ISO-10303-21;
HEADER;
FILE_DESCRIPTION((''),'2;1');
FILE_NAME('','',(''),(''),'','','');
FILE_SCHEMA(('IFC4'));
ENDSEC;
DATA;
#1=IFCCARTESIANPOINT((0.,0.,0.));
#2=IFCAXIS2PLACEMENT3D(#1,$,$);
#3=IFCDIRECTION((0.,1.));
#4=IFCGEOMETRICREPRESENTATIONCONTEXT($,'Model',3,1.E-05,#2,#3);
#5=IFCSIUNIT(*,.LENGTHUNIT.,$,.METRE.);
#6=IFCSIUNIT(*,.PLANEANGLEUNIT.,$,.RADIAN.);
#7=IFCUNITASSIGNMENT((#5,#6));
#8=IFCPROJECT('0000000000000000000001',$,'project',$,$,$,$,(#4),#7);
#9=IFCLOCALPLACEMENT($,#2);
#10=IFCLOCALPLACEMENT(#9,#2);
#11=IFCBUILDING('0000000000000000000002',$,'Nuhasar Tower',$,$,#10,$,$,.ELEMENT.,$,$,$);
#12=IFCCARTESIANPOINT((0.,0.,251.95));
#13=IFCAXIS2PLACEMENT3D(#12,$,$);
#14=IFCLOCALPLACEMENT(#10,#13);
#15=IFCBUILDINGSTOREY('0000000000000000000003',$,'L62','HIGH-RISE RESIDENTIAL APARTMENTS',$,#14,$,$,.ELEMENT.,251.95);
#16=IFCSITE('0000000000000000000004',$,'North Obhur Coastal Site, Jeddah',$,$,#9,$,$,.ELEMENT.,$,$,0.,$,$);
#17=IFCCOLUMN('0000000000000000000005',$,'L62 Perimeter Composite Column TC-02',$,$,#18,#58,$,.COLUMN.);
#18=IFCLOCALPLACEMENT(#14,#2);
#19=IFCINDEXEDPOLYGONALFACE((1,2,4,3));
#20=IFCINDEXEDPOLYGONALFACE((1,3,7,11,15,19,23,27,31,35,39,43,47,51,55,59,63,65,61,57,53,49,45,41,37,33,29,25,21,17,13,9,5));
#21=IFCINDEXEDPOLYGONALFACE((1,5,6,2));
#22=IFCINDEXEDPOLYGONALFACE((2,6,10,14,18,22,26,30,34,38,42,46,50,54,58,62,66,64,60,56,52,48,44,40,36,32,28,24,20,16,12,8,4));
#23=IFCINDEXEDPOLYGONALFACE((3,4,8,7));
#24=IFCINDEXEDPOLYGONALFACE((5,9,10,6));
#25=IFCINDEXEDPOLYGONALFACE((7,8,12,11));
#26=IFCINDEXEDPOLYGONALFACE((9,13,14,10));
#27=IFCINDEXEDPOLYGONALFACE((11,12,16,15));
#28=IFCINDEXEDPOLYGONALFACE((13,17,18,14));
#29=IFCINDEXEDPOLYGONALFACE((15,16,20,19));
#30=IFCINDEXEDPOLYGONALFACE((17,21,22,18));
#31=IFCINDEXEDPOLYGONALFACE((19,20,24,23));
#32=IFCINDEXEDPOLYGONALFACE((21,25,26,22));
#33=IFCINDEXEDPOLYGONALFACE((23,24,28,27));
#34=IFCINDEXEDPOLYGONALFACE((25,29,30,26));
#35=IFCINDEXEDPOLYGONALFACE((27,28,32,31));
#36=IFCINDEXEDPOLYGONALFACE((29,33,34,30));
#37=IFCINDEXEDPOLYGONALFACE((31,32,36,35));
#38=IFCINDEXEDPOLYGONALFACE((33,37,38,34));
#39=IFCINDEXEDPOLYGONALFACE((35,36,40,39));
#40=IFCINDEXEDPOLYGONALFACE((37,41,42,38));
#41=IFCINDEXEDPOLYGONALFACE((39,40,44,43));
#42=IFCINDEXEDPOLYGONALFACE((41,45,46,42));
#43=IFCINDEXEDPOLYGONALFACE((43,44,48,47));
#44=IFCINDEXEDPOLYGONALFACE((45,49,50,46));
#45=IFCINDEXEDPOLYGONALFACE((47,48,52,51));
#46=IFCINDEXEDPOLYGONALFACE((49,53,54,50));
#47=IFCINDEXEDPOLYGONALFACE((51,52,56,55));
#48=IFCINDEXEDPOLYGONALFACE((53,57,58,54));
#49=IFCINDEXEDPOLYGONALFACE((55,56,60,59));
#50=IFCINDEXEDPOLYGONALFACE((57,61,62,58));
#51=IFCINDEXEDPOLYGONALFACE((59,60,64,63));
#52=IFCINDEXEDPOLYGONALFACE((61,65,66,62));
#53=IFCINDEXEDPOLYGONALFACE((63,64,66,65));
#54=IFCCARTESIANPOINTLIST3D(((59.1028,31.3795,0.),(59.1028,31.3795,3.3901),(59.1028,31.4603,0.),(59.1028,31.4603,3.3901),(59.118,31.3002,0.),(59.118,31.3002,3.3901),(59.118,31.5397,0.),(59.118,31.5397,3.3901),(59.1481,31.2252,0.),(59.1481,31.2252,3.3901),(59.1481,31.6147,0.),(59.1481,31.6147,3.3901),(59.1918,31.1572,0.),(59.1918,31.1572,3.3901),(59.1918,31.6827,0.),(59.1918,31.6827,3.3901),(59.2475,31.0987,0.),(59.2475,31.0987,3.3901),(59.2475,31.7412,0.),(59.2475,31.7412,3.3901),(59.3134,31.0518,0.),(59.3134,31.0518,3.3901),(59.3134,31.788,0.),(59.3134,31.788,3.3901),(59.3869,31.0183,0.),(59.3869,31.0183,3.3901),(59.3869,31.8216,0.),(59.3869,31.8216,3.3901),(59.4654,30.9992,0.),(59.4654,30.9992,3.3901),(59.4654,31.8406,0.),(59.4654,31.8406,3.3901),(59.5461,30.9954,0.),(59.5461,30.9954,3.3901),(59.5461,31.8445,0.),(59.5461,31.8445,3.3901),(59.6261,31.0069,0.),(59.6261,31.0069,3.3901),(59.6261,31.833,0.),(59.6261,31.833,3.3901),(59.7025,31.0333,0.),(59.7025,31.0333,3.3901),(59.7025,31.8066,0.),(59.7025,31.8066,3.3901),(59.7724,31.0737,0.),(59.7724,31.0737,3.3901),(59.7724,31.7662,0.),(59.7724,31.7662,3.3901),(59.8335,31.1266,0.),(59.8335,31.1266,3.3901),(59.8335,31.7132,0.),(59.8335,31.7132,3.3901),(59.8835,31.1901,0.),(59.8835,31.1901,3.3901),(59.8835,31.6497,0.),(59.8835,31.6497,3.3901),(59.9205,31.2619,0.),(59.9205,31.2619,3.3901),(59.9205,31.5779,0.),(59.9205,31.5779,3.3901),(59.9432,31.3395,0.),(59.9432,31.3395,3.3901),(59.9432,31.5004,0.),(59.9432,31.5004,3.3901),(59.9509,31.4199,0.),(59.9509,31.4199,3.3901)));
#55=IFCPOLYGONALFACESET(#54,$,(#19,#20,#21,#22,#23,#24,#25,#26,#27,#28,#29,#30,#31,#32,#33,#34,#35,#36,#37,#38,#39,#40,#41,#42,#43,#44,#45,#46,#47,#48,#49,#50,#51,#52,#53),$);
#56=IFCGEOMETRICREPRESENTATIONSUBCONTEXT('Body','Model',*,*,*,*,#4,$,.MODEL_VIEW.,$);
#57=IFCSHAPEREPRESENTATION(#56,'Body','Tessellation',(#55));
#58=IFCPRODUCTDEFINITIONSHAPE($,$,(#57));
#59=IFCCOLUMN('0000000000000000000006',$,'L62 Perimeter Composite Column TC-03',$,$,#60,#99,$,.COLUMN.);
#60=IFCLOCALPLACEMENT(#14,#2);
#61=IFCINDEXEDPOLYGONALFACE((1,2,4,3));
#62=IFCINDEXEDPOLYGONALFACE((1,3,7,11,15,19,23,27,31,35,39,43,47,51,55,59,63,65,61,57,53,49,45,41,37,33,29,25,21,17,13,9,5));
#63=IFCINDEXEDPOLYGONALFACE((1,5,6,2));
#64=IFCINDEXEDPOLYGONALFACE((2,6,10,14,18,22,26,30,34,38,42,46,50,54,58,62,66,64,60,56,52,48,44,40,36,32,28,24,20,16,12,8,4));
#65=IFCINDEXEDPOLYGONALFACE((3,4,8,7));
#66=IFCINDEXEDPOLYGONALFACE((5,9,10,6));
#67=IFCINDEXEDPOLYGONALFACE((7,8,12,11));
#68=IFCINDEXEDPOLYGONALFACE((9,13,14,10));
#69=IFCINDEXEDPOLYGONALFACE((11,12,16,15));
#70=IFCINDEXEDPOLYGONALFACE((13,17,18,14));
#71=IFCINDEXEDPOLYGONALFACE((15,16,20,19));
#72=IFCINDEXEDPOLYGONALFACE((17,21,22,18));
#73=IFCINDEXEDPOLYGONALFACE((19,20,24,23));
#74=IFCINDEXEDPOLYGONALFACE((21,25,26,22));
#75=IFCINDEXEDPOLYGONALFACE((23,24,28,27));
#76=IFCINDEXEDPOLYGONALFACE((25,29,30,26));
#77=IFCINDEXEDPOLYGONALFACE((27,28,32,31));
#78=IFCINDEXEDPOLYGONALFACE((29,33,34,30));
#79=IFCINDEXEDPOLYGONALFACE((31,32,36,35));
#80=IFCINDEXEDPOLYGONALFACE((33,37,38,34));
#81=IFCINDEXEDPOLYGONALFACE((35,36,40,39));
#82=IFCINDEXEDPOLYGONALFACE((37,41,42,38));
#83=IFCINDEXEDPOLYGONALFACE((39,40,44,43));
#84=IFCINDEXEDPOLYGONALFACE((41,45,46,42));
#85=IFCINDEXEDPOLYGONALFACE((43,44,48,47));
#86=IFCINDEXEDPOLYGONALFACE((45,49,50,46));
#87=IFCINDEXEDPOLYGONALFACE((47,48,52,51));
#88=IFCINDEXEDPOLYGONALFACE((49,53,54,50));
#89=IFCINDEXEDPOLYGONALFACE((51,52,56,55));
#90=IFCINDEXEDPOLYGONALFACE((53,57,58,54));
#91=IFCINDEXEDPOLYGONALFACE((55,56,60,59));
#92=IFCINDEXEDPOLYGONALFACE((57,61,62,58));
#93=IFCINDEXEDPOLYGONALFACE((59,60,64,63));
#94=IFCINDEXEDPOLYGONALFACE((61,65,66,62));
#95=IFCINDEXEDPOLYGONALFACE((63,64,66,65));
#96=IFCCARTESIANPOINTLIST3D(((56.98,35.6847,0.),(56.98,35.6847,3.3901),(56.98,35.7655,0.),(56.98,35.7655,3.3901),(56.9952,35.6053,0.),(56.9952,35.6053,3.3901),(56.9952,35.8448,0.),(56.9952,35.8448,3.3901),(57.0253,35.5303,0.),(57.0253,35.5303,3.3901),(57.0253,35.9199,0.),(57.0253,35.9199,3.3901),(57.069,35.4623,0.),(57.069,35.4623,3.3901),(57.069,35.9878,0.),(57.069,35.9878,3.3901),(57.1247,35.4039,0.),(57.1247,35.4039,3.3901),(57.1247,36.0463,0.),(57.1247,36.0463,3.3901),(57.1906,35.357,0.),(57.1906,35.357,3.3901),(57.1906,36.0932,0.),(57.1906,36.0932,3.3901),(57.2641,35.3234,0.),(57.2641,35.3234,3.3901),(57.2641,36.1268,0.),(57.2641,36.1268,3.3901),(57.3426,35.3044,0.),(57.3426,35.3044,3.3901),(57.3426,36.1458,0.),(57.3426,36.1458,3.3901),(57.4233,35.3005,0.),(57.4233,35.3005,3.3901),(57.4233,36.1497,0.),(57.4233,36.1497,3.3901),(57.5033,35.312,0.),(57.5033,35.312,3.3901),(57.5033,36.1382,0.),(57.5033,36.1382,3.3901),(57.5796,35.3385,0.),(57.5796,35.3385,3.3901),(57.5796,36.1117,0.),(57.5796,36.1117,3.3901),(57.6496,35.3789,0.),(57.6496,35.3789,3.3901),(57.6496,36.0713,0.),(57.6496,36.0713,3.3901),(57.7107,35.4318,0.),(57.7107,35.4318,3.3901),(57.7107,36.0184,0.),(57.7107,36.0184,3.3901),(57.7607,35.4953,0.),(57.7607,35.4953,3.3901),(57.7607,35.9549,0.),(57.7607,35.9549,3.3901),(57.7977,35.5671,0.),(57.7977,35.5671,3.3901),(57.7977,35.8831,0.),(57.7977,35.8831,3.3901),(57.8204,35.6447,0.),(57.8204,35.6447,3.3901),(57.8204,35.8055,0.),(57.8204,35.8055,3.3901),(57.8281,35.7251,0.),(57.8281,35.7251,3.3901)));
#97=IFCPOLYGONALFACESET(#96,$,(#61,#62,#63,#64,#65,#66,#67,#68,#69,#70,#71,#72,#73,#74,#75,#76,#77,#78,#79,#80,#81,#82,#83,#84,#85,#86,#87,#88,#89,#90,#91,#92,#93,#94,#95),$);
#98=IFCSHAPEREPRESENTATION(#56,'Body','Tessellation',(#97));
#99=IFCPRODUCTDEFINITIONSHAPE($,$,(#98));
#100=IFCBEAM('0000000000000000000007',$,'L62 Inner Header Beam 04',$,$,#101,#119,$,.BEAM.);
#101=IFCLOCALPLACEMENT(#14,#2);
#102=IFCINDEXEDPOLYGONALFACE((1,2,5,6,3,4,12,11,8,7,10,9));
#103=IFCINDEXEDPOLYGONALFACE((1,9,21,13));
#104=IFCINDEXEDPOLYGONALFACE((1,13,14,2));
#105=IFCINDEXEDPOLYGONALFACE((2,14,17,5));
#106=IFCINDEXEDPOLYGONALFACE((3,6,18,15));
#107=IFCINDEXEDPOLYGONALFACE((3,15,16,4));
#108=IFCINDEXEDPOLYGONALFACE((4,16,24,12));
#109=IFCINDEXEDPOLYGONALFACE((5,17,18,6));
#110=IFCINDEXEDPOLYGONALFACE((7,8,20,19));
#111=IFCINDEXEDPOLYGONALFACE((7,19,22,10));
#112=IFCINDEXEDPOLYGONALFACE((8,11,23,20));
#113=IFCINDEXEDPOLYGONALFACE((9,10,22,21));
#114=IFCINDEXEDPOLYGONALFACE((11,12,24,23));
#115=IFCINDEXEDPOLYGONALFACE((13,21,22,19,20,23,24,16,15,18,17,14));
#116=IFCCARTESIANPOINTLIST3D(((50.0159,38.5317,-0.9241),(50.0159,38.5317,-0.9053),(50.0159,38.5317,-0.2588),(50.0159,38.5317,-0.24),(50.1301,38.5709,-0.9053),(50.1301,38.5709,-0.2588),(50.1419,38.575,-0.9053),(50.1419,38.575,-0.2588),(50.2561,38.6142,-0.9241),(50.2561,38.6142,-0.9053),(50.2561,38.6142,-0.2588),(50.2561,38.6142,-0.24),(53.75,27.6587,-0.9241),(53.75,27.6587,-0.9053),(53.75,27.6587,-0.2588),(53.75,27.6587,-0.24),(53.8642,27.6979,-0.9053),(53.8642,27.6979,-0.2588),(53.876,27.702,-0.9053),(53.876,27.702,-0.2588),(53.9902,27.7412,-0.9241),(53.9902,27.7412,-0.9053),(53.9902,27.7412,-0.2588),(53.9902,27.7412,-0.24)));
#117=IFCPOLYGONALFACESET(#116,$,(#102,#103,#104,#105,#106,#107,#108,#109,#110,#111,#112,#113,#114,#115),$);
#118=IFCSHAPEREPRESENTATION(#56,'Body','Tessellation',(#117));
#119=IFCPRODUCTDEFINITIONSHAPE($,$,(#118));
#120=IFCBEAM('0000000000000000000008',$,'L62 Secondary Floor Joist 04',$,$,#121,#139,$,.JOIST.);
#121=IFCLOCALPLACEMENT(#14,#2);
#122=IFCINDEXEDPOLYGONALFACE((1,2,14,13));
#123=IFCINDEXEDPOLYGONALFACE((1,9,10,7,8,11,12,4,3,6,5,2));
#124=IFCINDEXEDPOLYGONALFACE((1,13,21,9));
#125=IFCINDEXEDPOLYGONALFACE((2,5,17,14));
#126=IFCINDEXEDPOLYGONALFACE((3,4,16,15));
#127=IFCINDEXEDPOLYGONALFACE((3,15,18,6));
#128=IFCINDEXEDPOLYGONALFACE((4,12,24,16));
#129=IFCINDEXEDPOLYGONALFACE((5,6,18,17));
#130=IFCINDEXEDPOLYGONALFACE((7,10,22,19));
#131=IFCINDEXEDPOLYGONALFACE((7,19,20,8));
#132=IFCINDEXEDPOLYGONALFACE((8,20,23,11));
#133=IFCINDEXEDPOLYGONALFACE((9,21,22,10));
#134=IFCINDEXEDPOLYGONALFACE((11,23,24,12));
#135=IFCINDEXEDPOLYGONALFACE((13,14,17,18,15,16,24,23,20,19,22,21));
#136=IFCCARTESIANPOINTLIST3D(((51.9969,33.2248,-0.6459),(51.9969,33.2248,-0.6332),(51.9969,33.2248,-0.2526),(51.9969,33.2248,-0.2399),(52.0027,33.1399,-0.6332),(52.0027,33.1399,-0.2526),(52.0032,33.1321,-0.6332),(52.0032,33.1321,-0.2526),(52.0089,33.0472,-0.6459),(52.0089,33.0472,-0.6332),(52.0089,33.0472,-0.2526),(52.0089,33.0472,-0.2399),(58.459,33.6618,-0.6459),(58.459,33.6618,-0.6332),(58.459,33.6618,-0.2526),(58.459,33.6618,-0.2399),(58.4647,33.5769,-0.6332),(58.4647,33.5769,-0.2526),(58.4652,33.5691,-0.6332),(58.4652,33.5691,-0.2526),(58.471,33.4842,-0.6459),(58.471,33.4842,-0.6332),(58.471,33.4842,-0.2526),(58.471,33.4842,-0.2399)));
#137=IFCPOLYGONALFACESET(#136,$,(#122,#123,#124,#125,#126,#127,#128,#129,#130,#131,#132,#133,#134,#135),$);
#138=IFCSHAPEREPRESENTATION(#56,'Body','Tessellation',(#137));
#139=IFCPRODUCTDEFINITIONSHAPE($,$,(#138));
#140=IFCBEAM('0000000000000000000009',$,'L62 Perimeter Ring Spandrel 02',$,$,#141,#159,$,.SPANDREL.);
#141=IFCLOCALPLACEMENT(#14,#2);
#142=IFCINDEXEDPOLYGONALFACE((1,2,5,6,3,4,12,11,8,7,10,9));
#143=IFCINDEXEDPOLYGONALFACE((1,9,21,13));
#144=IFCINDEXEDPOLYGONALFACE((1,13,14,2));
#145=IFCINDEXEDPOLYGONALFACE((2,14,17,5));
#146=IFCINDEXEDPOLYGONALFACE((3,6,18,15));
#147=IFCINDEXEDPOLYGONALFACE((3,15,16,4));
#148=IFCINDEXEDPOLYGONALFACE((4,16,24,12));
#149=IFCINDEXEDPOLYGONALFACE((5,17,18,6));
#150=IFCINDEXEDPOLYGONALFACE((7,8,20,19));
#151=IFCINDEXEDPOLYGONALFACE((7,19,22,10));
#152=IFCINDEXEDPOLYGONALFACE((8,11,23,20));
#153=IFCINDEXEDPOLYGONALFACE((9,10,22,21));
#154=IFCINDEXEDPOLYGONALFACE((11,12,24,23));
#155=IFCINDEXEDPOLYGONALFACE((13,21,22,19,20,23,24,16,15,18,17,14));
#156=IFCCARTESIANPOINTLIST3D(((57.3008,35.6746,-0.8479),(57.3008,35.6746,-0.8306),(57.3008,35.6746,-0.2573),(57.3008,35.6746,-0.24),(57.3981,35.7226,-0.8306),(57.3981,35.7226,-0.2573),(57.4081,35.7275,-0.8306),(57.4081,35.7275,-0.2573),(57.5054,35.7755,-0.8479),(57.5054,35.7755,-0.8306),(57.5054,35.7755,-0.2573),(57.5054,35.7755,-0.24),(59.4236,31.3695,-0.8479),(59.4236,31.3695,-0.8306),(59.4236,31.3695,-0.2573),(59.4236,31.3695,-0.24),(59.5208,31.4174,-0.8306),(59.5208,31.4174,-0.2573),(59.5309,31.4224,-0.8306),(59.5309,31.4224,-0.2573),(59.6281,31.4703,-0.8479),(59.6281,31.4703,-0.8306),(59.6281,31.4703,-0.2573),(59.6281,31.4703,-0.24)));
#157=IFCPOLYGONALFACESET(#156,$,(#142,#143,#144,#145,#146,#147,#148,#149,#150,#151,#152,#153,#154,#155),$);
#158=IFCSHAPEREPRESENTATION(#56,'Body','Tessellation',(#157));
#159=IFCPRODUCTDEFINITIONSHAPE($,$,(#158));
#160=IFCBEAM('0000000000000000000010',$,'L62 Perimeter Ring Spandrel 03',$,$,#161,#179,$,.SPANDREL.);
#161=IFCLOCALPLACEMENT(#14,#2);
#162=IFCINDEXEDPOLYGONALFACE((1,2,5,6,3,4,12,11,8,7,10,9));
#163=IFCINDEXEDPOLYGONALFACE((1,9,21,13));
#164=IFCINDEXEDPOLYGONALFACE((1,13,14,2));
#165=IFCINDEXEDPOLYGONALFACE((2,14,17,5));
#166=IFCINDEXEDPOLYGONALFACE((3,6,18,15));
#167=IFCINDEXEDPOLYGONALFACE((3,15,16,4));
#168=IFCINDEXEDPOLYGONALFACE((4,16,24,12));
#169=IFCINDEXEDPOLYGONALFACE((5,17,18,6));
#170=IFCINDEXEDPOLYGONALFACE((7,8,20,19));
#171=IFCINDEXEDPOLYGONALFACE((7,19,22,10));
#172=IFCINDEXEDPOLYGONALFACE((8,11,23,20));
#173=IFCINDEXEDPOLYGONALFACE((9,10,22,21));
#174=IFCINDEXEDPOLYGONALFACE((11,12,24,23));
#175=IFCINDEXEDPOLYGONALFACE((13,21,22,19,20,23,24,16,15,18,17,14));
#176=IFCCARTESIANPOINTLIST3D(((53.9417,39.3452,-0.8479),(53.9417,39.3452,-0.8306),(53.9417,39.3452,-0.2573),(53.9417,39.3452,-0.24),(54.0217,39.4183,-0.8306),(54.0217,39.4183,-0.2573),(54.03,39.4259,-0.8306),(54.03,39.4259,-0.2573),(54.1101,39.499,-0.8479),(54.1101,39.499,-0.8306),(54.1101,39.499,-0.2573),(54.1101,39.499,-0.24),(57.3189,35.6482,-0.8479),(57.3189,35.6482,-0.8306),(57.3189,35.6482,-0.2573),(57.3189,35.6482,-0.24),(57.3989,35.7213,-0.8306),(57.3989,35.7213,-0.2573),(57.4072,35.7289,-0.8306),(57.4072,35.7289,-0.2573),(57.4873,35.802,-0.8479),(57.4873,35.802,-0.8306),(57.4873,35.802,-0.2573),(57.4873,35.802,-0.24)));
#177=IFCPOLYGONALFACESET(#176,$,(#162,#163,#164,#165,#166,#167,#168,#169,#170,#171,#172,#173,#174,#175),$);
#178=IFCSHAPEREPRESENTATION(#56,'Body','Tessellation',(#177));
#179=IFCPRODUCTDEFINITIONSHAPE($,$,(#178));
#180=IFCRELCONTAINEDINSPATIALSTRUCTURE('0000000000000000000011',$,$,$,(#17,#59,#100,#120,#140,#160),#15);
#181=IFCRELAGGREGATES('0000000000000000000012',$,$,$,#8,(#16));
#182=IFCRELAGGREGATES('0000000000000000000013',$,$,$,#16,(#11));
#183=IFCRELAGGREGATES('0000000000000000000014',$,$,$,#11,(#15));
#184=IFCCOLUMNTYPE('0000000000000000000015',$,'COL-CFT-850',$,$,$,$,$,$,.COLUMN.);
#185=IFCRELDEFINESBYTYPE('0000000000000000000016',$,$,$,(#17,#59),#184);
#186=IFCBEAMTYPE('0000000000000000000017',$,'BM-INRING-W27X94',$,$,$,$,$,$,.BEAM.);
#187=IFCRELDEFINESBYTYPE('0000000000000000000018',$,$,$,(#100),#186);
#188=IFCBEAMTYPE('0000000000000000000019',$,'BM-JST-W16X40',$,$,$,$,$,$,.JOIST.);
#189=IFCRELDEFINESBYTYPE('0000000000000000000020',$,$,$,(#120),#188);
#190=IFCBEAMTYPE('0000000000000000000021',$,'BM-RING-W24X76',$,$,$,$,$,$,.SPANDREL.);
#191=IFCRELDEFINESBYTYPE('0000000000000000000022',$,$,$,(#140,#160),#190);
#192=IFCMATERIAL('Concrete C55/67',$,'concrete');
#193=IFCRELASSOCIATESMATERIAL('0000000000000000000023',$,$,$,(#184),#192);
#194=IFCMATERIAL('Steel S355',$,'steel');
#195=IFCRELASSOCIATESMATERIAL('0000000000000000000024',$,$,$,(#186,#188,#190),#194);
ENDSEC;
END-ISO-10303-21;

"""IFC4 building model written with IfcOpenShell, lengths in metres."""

from ifc_helpers import new_model, si_unit, direction, frame, origin, origin_2d, place, context, subcontext, project, spatial, circle, i_section, extrude, material, material_profile, profile_set, type_object, element, save


model = new_model("IFC4")

# Units and contexts
model_context = context("Model", 3, precision=1e-05, world=origin(), true_north=direction((0.0, 1.0)))
body_context = subcontext(model_context, "Body", "Model", "MODEL_VIEW")
ifc_project = project(units=[si_unit("LENGTHUNIT", "METRE"), si_unit("PLANEANGLEUNIT", "RADIAN")], contexts=[model_context])

# Site, building, storey
site_placement = place(None, origin())
site = spatial("IfcSite", under=ifc_project, at=site_placement, Name="North Obhur Coastal Site, Jeddah", CompositionType="ELEMENT", RefElevation=0.0)
building_placement = place(site_placement, origin())
building = spatial("IfcBuilding", under=site, at=building_placement, Name="Nuhasar Tower", CompositionType="ELEMENT")
storey_placement = place(building_placement, frame((0.0, 0.0, 251.95)))
storey = spatial("IfcBuildingStorey", under=building, at=storey_placement, Name="L62", Description="HIGH-RISE RESIDENTIAL APARTMENTS", CompositionType="ELEMENT", Elevation=251.95)

# Columns
ifc_material_1 = material(Name="Concrete C55/67", Category="concrete")
ifc_material_profile_1 = material_profile(ifc_material_1, circle(Radius=0.425, at=origin_2d()), Name="CFT850")
ifc_profile_set_1 = profile_set([ifc_material_profile_1], Name="Concrete C55/67")
column_type = type_object("IfcColumnType", Name="COL-CFT-850", PredefinedType="COLUMN", material=ifc_profile_set_1)
for number, where, z_axis, x_axis, name in (
    (1, (59.5259, 31.4199, 0.0), (0.0, 0.0, 1.0), (1.0, 0.0, 0.0), "L62 Perimeter Composite Column TC-02"),
    (2, (57.4031, 35.7251, 0.0), (0.0, 0.0, 1.0), (1.0, 0.0, 0.0), "L62 Perimeter Composite Column TC-03"),
):
    element("IfcColumn", number, at=place(storey_placement, frame(where, z_axis=z_axis, x_axis=x_axis)), inside=storey, type_object=column_type, Name=name, PredefinedType="COLUMN", context=body_context, shape_type="SweptSolid", body=[
        extrude(circle(Radius=0.425, at=origin_2d()), origin(), (0.0, 0.0, 1.0), 3.3901),
    ])

# Beams
ifc_material_2 = material(Name="Steel S355", Category="steel")
ifc_material_profile_2 = material_profile(ifc_material_2, i_section(OverallWidth=0.2539, OverallDepth=0.6841, WebThickness=0.0125, FlangeThickness=0.0188, at=origin_2d()), Name="W27X94")
ifc_profile_set_2 = profile_set([ifc_material_profile_2], Name="Steel S355")
beam_type_1 = type_object("IfcBeamType", Name="BM-INRING-W27X94", PredefinedType="BEAM", material=ifc_profile_set_2)
beam_1_placement = place(storey_placement, frame((53.8701, 27.7, -0.582), z_axis=(-0.324809, 0.94578, 0.0), x_axis=(-0.94578, -0.324809, 0.0)))
element("IfcBeam", 3, at=beam_1_placement, inside=storey, type_object=beam_type_1, Name="L62 Inner Header Beam 04", PredefinedType="BEAM", context=body_context, shape_type="SweptSolid", body=[
    extrude(i_section(OverallWidth=0.2539, OverallDepth=0.6841, WebThickness=0.0125, FlangeThickness=0.0188, at=origin_2d()), origin(), (0.0, 0.0, 1.0), 11.4963),
])
ifc_material_profile_3 = material_profile(ifc_material_2, i_section(OverallWidth=0.178, OverallDepth=0.406, WebThickness=0.0078, FlangeThickness=0.0127, at=origin_2d()), Name="W16X40")
ifc_profile_set_3 = profile_set([ifc_material_profile_3], Name="Steel S355")
beam_type_2 = type_object("IfcBeamType", Name="BM-JST-W16X40", PredefinedType="JOIST", material=ifc_profile_set_3)
beam_2_placement = place(storey_placement, frame((52.0029, 33.136, -0.4429), z_axis=(0.997721, 0.067472, 0.0), x_axis=(-0.067472, 0.997721, 0.0)))
element("IfcBeam", 4, at=beam_2_placement, inside=storey, type_object=beam_type_2, Name="L62 Secondary Floor Joist 04", PredefinedType="JOIST", context=body_context, shape_type="SweptSolid", body=[
    extrude(i_section(OverallWidth=0.178, OverallDepth=0.406, WebThickness=0.0078, FlangeThickness=0.0127, at=origin_2d()), origin(), (0.0, 0.0, 1.0), 6.4768),
])
ifc_material_profile_4 = material_profile(ifc_material_2, i_section(OverallWidth=0.228, OverallDepth=0.6079, WebThickness=0.0112, FlangeThickness=0.0173, at=origin_2d()), Name="W24X76")
ifc_profile_set_4 = profile_set([ifc_material_profile_4], Name="Steel S355")
beam_type_3 = type_object("IfcBeamType", Name="BM-RING-W24X76", PredefinedType="SPANDREL", material=ifc_profile_set_4)
beam_3_placement = place(storey_placement, frame((59.5259, 31.4199, -0.5439), z_axis=(-0.442243, 0.896895, 0.0), x_axis=(-0.896895, -0.442243, 0.0)))
element("IfcBeam", 5, at=beam_3_placement, inside=storey, type_object=beam_type_3, Name="L62 Perimeter Ring Spandrel 02", PredefinedType="SPANDREL", context=body_context, shape_type="SweptSolid", body=[
    extrude(i_section(OverallWidth=0.228, OverallDepth=0.6079, WebThickness=0.0112, FlangeThickness=0.0173, at=origin_2d()), origin(), (0.0, 0.0, 1.0), 4.8),
])
beam_4_placement = place(storey_placement, frame((57.4031, 35.7251, -0.5439), z_axis=(-0.67445, 0.738321, 0.0), x_axis=(-0.738321, -0.67445, 0.0)))
element("IfcBeam", 6, at=beam_4_placement, inside=storey, type_object=beam_type_3, Name="L62 Perimeter Ring Spandrel 03", PredefinedType="SPANDREL", context=body_context, shape_type="SweptSolid", body=[
    extrude(i_section(OverallWidth=0.228, OverallDepth=0.6079, WebThickness=0.0112, FlangeThickness=0.0173, at=origin_2d()), origin(), (0.0, 0.0, 1.0), 5.0073),
])

save(model, "model.ifc")
